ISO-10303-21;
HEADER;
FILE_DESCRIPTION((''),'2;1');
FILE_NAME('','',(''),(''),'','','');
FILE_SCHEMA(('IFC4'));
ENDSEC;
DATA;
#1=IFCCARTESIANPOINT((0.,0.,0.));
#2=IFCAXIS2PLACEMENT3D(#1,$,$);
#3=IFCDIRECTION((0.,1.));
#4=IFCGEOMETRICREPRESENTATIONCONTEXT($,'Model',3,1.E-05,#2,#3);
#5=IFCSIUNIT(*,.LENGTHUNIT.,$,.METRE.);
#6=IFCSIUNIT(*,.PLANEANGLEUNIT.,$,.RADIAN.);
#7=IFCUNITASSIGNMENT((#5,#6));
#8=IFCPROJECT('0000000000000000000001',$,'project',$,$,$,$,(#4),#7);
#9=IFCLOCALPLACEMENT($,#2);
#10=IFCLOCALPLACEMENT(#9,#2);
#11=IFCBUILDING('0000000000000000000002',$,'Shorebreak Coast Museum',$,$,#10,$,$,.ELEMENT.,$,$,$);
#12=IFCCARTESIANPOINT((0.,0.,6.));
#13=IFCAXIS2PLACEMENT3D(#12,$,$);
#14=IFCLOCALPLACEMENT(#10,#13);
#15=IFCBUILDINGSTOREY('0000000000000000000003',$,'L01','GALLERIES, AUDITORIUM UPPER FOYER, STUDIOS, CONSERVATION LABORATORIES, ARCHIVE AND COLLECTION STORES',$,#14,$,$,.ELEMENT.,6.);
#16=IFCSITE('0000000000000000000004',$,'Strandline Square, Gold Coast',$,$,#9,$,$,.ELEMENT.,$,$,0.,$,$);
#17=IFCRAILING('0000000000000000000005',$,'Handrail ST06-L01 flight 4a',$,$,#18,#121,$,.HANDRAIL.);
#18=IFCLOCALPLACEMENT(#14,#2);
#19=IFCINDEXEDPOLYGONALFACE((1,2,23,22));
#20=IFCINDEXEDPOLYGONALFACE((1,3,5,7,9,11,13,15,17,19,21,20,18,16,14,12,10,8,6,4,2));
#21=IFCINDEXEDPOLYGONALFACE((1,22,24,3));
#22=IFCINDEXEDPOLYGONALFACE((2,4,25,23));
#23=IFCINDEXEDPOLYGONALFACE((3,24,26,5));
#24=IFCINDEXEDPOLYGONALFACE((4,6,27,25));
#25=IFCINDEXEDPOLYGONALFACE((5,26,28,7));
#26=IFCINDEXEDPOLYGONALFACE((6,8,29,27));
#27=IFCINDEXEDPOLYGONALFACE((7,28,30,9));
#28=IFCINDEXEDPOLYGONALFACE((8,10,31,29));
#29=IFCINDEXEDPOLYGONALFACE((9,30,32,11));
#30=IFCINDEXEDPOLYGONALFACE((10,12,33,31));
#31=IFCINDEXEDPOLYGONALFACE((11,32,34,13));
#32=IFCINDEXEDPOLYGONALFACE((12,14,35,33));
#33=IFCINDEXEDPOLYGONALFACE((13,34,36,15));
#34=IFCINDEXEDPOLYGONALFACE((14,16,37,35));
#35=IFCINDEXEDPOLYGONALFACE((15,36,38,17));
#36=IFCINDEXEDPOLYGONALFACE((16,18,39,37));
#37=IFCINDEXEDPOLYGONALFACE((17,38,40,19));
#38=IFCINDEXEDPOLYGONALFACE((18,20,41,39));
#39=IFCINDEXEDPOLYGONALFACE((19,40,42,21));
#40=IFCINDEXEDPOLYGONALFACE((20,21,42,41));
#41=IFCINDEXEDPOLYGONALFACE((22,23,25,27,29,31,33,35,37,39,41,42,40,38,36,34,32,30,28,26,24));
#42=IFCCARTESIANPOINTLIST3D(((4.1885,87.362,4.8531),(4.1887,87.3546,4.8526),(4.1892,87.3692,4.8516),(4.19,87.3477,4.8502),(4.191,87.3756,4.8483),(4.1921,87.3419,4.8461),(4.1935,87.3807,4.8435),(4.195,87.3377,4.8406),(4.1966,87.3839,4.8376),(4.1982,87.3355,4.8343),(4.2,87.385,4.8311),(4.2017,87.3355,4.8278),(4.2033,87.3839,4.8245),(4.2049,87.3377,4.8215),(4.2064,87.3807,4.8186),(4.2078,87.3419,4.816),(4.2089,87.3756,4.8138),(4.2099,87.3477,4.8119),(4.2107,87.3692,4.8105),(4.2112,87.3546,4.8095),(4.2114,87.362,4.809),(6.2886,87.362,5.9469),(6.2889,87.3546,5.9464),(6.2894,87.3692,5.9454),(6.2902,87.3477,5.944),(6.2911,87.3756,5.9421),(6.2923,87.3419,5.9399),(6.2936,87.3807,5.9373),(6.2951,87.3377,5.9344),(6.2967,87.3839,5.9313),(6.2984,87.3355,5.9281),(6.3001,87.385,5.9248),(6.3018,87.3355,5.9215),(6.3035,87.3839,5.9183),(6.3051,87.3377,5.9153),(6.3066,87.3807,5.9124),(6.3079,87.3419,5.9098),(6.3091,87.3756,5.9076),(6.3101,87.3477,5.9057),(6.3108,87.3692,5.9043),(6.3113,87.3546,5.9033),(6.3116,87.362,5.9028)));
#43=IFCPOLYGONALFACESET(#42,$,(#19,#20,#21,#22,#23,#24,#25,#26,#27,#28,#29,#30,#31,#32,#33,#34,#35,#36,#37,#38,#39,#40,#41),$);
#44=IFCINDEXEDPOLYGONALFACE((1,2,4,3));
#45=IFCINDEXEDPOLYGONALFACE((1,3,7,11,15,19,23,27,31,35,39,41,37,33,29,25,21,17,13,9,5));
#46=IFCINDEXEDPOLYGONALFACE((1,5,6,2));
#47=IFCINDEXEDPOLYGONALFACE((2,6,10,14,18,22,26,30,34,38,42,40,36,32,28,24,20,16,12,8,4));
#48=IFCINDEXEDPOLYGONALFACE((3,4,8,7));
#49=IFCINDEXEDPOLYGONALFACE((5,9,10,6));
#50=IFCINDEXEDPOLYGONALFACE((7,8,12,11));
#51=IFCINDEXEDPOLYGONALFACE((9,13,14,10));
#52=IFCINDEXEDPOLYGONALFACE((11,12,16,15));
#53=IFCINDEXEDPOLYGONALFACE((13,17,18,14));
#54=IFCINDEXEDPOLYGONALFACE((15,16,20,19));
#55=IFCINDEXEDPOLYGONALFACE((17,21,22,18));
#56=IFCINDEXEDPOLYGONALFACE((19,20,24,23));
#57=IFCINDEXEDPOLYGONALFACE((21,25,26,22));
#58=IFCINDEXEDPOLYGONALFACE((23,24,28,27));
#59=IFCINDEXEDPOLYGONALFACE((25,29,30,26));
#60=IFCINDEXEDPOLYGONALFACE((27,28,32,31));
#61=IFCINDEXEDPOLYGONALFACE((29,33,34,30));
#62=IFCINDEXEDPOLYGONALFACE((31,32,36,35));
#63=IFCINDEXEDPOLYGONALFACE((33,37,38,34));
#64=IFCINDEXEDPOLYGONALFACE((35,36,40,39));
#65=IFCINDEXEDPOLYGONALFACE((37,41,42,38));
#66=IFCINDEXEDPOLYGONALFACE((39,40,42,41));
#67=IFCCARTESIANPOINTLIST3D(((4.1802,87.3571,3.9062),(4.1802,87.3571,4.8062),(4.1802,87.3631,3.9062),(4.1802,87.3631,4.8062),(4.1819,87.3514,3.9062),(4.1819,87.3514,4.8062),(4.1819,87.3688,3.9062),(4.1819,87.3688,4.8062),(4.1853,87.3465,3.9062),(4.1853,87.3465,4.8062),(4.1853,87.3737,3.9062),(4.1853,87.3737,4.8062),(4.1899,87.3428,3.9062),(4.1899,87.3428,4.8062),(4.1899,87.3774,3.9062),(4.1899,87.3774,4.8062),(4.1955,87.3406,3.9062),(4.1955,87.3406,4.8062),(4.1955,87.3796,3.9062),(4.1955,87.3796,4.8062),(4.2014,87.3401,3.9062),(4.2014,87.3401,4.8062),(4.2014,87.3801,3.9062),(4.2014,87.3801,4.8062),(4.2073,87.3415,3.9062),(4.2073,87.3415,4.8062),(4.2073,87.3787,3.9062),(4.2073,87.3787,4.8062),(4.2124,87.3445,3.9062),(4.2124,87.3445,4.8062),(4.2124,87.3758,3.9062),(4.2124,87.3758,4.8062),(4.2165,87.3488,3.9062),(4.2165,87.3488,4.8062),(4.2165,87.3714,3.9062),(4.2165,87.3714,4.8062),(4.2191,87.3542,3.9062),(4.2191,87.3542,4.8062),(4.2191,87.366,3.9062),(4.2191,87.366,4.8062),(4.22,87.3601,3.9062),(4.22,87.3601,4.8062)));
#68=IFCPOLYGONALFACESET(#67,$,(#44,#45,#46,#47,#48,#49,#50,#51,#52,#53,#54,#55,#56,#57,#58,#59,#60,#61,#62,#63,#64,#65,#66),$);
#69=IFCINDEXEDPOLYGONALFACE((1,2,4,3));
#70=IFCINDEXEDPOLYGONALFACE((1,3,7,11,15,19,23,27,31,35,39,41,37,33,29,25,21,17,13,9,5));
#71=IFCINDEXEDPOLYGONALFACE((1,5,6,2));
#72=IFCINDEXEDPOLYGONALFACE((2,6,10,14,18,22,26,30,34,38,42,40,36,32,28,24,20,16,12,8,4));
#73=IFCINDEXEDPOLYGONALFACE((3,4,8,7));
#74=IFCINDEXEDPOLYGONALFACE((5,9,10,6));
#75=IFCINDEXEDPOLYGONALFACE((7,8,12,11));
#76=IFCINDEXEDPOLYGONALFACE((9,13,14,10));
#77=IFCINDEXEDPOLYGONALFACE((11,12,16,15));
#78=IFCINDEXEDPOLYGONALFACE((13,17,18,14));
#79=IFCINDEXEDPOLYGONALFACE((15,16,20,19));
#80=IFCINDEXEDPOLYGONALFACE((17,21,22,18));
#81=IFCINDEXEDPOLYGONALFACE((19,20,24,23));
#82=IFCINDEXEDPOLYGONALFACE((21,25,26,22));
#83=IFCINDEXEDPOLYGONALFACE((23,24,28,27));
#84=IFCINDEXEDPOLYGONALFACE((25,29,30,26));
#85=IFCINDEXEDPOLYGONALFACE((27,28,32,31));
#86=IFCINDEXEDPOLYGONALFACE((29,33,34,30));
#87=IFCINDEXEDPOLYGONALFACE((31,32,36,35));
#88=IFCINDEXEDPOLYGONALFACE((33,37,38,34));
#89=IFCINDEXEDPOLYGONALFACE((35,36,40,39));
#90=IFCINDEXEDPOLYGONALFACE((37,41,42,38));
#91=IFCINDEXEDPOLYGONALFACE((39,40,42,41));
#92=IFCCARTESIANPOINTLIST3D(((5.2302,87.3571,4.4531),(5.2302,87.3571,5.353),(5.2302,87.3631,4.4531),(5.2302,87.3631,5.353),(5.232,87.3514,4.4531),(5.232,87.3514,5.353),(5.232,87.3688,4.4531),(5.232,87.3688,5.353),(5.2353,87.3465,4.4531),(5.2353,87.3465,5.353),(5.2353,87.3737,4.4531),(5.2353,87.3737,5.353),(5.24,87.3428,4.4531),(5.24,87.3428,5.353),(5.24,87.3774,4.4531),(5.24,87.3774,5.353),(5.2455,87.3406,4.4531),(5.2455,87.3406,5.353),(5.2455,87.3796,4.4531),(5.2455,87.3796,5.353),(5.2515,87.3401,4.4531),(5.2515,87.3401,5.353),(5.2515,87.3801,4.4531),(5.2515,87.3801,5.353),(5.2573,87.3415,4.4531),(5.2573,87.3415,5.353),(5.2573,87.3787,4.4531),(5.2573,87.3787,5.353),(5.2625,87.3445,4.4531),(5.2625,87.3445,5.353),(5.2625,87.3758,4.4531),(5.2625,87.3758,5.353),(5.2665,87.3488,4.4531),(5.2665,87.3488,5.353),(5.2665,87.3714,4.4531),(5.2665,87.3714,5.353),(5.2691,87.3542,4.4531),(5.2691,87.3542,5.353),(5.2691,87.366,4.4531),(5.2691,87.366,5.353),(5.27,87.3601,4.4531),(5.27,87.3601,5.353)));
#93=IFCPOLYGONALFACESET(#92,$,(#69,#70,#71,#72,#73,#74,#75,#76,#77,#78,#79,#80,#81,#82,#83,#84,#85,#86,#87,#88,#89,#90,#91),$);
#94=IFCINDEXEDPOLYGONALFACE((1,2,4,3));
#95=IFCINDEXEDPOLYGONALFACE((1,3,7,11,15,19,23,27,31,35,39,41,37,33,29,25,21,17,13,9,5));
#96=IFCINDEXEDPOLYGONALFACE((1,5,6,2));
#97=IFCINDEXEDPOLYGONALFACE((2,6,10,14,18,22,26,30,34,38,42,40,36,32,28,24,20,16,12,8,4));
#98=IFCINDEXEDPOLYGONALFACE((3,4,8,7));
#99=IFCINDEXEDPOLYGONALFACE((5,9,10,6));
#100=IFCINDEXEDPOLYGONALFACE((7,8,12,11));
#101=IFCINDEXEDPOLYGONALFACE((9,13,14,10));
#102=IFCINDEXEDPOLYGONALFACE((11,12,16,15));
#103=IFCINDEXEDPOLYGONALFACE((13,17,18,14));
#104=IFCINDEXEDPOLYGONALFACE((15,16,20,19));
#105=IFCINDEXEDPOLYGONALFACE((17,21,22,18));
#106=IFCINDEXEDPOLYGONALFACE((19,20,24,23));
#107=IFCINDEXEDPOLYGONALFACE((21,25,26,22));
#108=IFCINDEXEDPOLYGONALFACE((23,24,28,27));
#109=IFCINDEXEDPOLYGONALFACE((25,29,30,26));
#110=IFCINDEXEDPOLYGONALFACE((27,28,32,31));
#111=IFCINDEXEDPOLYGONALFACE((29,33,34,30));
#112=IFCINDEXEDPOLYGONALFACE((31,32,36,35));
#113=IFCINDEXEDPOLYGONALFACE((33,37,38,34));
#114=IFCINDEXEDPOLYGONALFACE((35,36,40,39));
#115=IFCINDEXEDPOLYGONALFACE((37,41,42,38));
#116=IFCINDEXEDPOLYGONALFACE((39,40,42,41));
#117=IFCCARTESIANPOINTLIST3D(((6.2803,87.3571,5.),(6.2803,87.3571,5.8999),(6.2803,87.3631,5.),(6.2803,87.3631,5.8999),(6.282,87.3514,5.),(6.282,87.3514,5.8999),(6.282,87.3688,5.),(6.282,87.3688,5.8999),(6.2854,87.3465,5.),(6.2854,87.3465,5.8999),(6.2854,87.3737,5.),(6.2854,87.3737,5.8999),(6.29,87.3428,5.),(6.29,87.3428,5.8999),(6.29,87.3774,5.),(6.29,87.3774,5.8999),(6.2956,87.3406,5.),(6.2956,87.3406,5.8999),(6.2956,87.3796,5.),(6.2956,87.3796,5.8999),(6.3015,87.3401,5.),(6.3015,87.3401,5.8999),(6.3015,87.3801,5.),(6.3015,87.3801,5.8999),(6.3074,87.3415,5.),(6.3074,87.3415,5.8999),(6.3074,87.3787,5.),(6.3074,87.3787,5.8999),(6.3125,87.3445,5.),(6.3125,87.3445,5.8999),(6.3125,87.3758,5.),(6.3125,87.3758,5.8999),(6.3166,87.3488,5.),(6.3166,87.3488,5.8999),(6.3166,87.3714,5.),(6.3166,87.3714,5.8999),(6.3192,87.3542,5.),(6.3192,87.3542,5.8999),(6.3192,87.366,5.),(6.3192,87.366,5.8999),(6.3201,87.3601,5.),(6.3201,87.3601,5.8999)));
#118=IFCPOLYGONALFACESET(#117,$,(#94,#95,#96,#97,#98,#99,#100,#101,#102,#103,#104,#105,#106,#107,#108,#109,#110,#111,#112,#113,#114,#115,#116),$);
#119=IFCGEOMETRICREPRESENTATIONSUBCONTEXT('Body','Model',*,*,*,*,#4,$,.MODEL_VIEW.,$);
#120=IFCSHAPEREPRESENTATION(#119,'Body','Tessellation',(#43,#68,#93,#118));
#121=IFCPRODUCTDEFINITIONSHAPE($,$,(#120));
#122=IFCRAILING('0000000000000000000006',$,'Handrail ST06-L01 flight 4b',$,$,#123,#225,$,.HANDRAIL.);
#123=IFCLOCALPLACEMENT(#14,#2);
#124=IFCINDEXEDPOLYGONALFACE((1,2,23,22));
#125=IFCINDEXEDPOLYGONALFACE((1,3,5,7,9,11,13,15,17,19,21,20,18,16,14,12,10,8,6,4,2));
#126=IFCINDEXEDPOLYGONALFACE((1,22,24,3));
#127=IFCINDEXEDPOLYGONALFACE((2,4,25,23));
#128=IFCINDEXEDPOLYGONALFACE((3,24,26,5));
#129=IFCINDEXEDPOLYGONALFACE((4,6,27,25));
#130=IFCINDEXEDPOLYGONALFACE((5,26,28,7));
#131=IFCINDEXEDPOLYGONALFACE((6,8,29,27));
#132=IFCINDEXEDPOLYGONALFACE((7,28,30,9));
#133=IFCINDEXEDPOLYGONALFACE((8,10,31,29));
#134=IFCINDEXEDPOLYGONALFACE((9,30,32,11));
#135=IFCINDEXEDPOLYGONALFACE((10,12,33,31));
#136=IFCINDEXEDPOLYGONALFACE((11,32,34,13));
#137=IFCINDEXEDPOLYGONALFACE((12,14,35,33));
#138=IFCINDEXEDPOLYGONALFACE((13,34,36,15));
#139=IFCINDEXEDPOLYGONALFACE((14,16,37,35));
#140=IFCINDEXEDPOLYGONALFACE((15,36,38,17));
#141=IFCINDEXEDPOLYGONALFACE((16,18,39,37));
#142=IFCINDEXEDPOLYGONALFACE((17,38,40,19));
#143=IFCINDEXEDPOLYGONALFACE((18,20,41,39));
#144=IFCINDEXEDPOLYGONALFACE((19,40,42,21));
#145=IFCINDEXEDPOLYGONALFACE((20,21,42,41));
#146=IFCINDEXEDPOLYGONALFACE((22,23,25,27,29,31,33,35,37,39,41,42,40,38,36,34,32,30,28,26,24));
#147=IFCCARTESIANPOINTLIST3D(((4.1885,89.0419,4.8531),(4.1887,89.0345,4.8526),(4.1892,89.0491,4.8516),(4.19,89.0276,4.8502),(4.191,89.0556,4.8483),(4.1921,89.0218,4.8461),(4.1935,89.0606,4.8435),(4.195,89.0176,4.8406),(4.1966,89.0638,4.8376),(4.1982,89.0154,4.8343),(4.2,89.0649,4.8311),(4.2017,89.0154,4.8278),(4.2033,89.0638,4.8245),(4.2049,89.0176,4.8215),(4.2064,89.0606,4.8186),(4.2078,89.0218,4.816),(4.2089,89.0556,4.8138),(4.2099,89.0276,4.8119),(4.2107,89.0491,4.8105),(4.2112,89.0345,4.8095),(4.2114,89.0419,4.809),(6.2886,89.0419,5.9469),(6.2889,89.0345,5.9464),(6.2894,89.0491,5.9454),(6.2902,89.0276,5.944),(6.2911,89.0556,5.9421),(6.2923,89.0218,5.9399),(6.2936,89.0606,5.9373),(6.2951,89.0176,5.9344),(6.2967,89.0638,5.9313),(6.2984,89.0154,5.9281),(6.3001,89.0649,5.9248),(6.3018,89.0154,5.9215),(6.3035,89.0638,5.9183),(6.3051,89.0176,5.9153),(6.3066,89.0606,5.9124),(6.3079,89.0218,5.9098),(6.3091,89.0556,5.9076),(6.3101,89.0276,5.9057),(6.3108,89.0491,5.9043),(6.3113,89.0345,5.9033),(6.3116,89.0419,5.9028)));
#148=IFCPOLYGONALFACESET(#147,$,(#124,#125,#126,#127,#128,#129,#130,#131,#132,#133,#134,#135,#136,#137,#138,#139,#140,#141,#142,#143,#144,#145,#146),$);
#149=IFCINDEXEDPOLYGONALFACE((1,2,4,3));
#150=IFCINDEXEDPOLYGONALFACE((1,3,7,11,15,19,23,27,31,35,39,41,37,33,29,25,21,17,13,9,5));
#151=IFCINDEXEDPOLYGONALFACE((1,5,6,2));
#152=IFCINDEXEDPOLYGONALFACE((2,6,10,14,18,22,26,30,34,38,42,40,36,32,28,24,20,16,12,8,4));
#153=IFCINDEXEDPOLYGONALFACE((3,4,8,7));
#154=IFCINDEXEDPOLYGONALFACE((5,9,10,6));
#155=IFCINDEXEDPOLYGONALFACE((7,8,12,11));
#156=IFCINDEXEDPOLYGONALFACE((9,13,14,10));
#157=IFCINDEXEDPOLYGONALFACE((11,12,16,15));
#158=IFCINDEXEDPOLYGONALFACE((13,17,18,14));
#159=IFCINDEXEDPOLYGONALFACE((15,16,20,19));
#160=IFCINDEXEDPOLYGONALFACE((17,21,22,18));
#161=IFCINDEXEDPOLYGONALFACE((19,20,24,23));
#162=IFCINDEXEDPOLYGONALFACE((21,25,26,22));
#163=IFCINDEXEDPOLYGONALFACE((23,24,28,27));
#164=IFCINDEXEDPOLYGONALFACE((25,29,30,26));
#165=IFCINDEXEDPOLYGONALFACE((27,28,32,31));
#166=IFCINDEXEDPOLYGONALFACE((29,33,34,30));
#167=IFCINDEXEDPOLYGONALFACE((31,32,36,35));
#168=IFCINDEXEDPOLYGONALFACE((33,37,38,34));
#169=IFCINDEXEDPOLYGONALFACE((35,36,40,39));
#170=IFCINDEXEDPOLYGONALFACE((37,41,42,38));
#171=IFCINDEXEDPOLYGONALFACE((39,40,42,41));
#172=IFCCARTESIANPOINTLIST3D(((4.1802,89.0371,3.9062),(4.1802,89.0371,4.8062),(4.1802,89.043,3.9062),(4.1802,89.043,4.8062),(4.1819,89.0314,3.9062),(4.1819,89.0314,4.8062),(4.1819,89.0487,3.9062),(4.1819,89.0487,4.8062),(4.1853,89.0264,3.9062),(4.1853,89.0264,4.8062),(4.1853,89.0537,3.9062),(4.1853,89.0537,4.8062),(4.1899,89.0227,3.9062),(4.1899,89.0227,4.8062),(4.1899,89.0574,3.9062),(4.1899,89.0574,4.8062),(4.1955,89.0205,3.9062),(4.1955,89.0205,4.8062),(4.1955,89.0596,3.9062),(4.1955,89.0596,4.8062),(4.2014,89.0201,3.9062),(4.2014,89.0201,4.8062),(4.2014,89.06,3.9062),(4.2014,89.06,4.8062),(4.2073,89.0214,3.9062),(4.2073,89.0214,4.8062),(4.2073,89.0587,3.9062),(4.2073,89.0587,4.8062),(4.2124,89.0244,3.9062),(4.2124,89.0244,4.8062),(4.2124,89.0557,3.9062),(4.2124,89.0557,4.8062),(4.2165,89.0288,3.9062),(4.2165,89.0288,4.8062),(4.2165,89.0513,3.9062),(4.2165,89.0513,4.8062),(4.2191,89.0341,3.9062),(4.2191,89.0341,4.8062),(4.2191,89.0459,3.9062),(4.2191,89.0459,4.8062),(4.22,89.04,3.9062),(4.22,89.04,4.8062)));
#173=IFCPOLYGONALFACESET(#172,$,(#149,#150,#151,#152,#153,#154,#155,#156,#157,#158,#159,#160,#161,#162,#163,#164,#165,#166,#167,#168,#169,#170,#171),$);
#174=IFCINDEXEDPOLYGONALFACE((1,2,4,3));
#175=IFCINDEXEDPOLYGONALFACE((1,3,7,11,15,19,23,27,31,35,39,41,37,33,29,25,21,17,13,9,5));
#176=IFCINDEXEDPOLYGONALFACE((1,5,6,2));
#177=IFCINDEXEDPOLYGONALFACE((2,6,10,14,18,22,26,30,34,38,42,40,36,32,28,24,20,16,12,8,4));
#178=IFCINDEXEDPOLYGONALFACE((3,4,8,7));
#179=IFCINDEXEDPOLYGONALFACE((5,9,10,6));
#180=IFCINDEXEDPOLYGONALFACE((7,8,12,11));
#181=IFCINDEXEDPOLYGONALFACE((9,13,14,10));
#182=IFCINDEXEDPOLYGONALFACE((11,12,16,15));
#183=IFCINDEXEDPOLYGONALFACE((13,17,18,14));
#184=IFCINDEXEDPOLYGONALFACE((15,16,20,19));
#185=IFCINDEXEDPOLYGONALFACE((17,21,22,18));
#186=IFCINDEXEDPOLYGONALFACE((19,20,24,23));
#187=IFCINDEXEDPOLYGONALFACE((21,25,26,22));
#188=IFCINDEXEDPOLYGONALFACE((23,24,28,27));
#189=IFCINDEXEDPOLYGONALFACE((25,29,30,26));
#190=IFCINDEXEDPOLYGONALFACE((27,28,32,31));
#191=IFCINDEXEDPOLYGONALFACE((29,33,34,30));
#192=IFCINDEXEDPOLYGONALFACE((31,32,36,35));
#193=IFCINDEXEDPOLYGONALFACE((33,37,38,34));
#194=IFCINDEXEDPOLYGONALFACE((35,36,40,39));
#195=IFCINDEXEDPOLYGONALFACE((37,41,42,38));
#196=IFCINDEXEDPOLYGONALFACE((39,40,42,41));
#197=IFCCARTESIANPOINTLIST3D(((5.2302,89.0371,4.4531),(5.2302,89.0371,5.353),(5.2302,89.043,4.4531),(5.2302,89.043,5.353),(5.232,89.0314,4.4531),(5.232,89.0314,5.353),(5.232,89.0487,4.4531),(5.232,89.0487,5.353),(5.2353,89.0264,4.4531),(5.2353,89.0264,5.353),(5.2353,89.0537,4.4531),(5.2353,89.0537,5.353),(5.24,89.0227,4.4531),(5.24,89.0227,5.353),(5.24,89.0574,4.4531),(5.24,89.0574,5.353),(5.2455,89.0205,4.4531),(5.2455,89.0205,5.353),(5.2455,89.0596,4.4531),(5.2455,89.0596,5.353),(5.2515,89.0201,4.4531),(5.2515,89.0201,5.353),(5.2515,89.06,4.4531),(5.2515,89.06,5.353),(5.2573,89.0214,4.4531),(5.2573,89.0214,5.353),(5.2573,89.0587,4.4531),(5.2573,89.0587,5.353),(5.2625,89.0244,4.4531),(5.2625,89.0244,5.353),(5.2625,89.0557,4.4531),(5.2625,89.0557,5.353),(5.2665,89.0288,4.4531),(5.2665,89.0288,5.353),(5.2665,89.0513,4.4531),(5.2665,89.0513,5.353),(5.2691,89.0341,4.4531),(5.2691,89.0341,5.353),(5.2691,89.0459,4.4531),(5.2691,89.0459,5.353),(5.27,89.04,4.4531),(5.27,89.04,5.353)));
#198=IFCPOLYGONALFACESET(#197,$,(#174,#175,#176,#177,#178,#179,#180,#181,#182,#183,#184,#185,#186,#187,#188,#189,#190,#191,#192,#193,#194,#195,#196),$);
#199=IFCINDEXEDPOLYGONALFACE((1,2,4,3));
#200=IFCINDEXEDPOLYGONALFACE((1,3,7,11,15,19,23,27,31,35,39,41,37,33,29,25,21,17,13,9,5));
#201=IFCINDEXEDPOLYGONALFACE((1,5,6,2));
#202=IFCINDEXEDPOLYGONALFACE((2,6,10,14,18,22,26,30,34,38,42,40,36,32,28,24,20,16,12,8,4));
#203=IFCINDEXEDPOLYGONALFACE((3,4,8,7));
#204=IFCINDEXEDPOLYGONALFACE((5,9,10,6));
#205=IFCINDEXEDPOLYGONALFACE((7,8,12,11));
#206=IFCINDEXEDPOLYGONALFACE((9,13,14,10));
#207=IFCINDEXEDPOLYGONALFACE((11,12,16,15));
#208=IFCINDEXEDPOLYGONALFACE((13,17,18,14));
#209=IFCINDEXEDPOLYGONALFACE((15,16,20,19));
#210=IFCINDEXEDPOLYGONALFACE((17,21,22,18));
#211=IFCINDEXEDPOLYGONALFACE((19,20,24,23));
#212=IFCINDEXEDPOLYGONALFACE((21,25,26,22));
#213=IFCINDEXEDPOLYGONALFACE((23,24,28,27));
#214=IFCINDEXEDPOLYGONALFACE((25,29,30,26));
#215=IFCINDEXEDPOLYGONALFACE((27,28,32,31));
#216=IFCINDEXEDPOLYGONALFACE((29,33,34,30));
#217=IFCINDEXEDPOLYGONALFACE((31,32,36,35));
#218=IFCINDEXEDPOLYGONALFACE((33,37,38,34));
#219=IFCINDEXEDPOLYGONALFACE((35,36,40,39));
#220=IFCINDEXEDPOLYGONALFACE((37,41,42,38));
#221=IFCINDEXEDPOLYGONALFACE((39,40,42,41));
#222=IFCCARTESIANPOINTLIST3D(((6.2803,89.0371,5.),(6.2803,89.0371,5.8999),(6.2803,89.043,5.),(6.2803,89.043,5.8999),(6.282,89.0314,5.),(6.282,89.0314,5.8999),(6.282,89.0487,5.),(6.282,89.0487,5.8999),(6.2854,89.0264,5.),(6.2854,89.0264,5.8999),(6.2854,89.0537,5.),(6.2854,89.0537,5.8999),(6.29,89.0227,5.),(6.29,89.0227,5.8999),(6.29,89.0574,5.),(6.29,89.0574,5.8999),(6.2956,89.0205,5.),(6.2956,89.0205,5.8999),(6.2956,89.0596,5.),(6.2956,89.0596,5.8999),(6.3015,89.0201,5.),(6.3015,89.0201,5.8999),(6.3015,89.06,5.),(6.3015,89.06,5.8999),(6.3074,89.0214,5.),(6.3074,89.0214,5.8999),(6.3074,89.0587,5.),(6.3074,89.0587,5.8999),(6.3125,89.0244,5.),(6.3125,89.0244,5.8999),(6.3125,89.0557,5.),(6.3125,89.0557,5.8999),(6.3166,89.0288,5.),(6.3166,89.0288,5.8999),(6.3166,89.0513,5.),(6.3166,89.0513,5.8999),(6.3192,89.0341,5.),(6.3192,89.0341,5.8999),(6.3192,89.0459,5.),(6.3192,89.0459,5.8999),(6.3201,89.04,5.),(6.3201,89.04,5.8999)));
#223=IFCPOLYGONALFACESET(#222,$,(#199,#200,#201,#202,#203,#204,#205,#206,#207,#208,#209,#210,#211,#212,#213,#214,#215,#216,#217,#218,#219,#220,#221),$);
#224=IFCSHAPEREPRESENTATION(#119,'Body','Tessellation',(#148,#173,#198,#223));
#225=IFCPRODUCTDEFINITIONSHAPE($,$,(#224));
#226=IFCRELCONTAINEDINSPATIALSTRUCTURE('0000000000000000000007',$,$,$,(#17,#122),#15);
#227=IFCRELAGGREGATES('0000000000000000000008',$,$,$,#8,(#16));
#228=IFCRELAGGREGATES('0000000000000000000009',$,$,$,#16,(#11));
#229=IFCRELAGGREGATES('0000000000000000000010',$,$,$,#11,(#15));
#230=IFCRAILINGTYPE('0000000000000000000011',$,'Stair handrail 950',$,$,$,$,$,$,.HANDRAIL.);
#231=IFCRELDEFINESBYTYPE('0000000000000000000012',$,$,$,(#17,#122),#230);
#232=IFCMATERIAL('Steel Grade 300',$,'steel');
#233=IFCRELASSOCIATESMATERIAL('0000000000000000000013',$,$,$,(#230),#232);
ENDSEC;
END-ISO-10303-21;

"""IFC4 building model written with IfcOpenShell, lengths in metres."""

from ifc_helpers import new_model, si_unit, direction, frame, origin, origin_2d, place, context, subcontext, project, spatial, circle, extrude, material, type_object, element, save


model = new_model("IFC4")

# Units and contexts
model_context = context("Model", 3, precision=1e-05, world=origin(), true_north=direction((0.0, 1.0)))
body_context = subcontext(model_context, "Body", "Model", "MODEL_VIEW")
ifc_project = project(units=[si_unit("LENGTHUNIT", "METRE"), si_unit("PLANEANGLEUNIT", "RADIAN")], contexts=[model_context])

# Site, building, storey
site_placement = place(None, origin())
site = spatial("IfcSite", under=ifc_project, at=site_placement, Name="Strandline Square, Gold Coast", CompositionType="ELEMENT", RefElevation=0.0)
building_placement = place(site_placement, origin())
building = spatial("IfcBuilding", under=site, at=building_placement, Name="Shorebreak Coast Museum", CompositionType="ELEMENT")
storey_placement = place(building_placement, frame((0.0, 0.0, 6.0)))
storey = spatial("IfcBuildingStorey", under=building, at=storey_placement, Name="L01", Description="GALLERIES, AUDITORIUM UPPER FOYER, STUDIOS, CONSERVATION LABORATORIES, ARCHIVE AND COLLECTION STORES", CompositionType="ELEMENT", Elevation=6.0)

# Railings
ifc_material_1 = material(Name="Steel Grade 300", Category="steel")
railing_type_1 = type_object("IfcRailingType", Name="Stair handrail 950", PredefinedType="HANDRAIL", material=ifc_material_1)
for number, where, name in (
    (1, (4.2, 87.3601, 3.9062), "Handrail ST06-L01 flight 4a"),
    (2, (4.2, 89.04, 3.9062), "Handrail ST06-L01 flight 4b"),
):
    element("IfcRailing", number, at=place(storey_placement, frame(where)), inside=storey, type_object=railing_type_1, Name=name, PredefinedType="HANDRAIL", context=body_context, shape_type="SweptSolid", body=[
        extrude(circle(Radius=0.0249, at=origin_2d()), frame((0.0, 0.0, 0.9248), z_axis=(0.886923, 0.0, 0.461918), x_axis=(0.0, 1.0, 0.0)), (0.0, 0.0, 1.0), 2.3679),
        extrude(circle(Radius=0.02, at=origin_2d()), origin(), (0.0, 0.0, 1.0), 0.8999),
        extrude(circle(Radius=0.02, at=origin_2d()), frame((1.05, 0.0, 0.5469)), (0.0, 0.0, 1.0), 0.8999),
        extrude(circle(Radius=0.02, at=origin_2d()), frame((2.1001, 0.0, 1.0938)), (0.0, 0.0, 1.0), 0.8999),
    ])

save(model, "model.ifc")
